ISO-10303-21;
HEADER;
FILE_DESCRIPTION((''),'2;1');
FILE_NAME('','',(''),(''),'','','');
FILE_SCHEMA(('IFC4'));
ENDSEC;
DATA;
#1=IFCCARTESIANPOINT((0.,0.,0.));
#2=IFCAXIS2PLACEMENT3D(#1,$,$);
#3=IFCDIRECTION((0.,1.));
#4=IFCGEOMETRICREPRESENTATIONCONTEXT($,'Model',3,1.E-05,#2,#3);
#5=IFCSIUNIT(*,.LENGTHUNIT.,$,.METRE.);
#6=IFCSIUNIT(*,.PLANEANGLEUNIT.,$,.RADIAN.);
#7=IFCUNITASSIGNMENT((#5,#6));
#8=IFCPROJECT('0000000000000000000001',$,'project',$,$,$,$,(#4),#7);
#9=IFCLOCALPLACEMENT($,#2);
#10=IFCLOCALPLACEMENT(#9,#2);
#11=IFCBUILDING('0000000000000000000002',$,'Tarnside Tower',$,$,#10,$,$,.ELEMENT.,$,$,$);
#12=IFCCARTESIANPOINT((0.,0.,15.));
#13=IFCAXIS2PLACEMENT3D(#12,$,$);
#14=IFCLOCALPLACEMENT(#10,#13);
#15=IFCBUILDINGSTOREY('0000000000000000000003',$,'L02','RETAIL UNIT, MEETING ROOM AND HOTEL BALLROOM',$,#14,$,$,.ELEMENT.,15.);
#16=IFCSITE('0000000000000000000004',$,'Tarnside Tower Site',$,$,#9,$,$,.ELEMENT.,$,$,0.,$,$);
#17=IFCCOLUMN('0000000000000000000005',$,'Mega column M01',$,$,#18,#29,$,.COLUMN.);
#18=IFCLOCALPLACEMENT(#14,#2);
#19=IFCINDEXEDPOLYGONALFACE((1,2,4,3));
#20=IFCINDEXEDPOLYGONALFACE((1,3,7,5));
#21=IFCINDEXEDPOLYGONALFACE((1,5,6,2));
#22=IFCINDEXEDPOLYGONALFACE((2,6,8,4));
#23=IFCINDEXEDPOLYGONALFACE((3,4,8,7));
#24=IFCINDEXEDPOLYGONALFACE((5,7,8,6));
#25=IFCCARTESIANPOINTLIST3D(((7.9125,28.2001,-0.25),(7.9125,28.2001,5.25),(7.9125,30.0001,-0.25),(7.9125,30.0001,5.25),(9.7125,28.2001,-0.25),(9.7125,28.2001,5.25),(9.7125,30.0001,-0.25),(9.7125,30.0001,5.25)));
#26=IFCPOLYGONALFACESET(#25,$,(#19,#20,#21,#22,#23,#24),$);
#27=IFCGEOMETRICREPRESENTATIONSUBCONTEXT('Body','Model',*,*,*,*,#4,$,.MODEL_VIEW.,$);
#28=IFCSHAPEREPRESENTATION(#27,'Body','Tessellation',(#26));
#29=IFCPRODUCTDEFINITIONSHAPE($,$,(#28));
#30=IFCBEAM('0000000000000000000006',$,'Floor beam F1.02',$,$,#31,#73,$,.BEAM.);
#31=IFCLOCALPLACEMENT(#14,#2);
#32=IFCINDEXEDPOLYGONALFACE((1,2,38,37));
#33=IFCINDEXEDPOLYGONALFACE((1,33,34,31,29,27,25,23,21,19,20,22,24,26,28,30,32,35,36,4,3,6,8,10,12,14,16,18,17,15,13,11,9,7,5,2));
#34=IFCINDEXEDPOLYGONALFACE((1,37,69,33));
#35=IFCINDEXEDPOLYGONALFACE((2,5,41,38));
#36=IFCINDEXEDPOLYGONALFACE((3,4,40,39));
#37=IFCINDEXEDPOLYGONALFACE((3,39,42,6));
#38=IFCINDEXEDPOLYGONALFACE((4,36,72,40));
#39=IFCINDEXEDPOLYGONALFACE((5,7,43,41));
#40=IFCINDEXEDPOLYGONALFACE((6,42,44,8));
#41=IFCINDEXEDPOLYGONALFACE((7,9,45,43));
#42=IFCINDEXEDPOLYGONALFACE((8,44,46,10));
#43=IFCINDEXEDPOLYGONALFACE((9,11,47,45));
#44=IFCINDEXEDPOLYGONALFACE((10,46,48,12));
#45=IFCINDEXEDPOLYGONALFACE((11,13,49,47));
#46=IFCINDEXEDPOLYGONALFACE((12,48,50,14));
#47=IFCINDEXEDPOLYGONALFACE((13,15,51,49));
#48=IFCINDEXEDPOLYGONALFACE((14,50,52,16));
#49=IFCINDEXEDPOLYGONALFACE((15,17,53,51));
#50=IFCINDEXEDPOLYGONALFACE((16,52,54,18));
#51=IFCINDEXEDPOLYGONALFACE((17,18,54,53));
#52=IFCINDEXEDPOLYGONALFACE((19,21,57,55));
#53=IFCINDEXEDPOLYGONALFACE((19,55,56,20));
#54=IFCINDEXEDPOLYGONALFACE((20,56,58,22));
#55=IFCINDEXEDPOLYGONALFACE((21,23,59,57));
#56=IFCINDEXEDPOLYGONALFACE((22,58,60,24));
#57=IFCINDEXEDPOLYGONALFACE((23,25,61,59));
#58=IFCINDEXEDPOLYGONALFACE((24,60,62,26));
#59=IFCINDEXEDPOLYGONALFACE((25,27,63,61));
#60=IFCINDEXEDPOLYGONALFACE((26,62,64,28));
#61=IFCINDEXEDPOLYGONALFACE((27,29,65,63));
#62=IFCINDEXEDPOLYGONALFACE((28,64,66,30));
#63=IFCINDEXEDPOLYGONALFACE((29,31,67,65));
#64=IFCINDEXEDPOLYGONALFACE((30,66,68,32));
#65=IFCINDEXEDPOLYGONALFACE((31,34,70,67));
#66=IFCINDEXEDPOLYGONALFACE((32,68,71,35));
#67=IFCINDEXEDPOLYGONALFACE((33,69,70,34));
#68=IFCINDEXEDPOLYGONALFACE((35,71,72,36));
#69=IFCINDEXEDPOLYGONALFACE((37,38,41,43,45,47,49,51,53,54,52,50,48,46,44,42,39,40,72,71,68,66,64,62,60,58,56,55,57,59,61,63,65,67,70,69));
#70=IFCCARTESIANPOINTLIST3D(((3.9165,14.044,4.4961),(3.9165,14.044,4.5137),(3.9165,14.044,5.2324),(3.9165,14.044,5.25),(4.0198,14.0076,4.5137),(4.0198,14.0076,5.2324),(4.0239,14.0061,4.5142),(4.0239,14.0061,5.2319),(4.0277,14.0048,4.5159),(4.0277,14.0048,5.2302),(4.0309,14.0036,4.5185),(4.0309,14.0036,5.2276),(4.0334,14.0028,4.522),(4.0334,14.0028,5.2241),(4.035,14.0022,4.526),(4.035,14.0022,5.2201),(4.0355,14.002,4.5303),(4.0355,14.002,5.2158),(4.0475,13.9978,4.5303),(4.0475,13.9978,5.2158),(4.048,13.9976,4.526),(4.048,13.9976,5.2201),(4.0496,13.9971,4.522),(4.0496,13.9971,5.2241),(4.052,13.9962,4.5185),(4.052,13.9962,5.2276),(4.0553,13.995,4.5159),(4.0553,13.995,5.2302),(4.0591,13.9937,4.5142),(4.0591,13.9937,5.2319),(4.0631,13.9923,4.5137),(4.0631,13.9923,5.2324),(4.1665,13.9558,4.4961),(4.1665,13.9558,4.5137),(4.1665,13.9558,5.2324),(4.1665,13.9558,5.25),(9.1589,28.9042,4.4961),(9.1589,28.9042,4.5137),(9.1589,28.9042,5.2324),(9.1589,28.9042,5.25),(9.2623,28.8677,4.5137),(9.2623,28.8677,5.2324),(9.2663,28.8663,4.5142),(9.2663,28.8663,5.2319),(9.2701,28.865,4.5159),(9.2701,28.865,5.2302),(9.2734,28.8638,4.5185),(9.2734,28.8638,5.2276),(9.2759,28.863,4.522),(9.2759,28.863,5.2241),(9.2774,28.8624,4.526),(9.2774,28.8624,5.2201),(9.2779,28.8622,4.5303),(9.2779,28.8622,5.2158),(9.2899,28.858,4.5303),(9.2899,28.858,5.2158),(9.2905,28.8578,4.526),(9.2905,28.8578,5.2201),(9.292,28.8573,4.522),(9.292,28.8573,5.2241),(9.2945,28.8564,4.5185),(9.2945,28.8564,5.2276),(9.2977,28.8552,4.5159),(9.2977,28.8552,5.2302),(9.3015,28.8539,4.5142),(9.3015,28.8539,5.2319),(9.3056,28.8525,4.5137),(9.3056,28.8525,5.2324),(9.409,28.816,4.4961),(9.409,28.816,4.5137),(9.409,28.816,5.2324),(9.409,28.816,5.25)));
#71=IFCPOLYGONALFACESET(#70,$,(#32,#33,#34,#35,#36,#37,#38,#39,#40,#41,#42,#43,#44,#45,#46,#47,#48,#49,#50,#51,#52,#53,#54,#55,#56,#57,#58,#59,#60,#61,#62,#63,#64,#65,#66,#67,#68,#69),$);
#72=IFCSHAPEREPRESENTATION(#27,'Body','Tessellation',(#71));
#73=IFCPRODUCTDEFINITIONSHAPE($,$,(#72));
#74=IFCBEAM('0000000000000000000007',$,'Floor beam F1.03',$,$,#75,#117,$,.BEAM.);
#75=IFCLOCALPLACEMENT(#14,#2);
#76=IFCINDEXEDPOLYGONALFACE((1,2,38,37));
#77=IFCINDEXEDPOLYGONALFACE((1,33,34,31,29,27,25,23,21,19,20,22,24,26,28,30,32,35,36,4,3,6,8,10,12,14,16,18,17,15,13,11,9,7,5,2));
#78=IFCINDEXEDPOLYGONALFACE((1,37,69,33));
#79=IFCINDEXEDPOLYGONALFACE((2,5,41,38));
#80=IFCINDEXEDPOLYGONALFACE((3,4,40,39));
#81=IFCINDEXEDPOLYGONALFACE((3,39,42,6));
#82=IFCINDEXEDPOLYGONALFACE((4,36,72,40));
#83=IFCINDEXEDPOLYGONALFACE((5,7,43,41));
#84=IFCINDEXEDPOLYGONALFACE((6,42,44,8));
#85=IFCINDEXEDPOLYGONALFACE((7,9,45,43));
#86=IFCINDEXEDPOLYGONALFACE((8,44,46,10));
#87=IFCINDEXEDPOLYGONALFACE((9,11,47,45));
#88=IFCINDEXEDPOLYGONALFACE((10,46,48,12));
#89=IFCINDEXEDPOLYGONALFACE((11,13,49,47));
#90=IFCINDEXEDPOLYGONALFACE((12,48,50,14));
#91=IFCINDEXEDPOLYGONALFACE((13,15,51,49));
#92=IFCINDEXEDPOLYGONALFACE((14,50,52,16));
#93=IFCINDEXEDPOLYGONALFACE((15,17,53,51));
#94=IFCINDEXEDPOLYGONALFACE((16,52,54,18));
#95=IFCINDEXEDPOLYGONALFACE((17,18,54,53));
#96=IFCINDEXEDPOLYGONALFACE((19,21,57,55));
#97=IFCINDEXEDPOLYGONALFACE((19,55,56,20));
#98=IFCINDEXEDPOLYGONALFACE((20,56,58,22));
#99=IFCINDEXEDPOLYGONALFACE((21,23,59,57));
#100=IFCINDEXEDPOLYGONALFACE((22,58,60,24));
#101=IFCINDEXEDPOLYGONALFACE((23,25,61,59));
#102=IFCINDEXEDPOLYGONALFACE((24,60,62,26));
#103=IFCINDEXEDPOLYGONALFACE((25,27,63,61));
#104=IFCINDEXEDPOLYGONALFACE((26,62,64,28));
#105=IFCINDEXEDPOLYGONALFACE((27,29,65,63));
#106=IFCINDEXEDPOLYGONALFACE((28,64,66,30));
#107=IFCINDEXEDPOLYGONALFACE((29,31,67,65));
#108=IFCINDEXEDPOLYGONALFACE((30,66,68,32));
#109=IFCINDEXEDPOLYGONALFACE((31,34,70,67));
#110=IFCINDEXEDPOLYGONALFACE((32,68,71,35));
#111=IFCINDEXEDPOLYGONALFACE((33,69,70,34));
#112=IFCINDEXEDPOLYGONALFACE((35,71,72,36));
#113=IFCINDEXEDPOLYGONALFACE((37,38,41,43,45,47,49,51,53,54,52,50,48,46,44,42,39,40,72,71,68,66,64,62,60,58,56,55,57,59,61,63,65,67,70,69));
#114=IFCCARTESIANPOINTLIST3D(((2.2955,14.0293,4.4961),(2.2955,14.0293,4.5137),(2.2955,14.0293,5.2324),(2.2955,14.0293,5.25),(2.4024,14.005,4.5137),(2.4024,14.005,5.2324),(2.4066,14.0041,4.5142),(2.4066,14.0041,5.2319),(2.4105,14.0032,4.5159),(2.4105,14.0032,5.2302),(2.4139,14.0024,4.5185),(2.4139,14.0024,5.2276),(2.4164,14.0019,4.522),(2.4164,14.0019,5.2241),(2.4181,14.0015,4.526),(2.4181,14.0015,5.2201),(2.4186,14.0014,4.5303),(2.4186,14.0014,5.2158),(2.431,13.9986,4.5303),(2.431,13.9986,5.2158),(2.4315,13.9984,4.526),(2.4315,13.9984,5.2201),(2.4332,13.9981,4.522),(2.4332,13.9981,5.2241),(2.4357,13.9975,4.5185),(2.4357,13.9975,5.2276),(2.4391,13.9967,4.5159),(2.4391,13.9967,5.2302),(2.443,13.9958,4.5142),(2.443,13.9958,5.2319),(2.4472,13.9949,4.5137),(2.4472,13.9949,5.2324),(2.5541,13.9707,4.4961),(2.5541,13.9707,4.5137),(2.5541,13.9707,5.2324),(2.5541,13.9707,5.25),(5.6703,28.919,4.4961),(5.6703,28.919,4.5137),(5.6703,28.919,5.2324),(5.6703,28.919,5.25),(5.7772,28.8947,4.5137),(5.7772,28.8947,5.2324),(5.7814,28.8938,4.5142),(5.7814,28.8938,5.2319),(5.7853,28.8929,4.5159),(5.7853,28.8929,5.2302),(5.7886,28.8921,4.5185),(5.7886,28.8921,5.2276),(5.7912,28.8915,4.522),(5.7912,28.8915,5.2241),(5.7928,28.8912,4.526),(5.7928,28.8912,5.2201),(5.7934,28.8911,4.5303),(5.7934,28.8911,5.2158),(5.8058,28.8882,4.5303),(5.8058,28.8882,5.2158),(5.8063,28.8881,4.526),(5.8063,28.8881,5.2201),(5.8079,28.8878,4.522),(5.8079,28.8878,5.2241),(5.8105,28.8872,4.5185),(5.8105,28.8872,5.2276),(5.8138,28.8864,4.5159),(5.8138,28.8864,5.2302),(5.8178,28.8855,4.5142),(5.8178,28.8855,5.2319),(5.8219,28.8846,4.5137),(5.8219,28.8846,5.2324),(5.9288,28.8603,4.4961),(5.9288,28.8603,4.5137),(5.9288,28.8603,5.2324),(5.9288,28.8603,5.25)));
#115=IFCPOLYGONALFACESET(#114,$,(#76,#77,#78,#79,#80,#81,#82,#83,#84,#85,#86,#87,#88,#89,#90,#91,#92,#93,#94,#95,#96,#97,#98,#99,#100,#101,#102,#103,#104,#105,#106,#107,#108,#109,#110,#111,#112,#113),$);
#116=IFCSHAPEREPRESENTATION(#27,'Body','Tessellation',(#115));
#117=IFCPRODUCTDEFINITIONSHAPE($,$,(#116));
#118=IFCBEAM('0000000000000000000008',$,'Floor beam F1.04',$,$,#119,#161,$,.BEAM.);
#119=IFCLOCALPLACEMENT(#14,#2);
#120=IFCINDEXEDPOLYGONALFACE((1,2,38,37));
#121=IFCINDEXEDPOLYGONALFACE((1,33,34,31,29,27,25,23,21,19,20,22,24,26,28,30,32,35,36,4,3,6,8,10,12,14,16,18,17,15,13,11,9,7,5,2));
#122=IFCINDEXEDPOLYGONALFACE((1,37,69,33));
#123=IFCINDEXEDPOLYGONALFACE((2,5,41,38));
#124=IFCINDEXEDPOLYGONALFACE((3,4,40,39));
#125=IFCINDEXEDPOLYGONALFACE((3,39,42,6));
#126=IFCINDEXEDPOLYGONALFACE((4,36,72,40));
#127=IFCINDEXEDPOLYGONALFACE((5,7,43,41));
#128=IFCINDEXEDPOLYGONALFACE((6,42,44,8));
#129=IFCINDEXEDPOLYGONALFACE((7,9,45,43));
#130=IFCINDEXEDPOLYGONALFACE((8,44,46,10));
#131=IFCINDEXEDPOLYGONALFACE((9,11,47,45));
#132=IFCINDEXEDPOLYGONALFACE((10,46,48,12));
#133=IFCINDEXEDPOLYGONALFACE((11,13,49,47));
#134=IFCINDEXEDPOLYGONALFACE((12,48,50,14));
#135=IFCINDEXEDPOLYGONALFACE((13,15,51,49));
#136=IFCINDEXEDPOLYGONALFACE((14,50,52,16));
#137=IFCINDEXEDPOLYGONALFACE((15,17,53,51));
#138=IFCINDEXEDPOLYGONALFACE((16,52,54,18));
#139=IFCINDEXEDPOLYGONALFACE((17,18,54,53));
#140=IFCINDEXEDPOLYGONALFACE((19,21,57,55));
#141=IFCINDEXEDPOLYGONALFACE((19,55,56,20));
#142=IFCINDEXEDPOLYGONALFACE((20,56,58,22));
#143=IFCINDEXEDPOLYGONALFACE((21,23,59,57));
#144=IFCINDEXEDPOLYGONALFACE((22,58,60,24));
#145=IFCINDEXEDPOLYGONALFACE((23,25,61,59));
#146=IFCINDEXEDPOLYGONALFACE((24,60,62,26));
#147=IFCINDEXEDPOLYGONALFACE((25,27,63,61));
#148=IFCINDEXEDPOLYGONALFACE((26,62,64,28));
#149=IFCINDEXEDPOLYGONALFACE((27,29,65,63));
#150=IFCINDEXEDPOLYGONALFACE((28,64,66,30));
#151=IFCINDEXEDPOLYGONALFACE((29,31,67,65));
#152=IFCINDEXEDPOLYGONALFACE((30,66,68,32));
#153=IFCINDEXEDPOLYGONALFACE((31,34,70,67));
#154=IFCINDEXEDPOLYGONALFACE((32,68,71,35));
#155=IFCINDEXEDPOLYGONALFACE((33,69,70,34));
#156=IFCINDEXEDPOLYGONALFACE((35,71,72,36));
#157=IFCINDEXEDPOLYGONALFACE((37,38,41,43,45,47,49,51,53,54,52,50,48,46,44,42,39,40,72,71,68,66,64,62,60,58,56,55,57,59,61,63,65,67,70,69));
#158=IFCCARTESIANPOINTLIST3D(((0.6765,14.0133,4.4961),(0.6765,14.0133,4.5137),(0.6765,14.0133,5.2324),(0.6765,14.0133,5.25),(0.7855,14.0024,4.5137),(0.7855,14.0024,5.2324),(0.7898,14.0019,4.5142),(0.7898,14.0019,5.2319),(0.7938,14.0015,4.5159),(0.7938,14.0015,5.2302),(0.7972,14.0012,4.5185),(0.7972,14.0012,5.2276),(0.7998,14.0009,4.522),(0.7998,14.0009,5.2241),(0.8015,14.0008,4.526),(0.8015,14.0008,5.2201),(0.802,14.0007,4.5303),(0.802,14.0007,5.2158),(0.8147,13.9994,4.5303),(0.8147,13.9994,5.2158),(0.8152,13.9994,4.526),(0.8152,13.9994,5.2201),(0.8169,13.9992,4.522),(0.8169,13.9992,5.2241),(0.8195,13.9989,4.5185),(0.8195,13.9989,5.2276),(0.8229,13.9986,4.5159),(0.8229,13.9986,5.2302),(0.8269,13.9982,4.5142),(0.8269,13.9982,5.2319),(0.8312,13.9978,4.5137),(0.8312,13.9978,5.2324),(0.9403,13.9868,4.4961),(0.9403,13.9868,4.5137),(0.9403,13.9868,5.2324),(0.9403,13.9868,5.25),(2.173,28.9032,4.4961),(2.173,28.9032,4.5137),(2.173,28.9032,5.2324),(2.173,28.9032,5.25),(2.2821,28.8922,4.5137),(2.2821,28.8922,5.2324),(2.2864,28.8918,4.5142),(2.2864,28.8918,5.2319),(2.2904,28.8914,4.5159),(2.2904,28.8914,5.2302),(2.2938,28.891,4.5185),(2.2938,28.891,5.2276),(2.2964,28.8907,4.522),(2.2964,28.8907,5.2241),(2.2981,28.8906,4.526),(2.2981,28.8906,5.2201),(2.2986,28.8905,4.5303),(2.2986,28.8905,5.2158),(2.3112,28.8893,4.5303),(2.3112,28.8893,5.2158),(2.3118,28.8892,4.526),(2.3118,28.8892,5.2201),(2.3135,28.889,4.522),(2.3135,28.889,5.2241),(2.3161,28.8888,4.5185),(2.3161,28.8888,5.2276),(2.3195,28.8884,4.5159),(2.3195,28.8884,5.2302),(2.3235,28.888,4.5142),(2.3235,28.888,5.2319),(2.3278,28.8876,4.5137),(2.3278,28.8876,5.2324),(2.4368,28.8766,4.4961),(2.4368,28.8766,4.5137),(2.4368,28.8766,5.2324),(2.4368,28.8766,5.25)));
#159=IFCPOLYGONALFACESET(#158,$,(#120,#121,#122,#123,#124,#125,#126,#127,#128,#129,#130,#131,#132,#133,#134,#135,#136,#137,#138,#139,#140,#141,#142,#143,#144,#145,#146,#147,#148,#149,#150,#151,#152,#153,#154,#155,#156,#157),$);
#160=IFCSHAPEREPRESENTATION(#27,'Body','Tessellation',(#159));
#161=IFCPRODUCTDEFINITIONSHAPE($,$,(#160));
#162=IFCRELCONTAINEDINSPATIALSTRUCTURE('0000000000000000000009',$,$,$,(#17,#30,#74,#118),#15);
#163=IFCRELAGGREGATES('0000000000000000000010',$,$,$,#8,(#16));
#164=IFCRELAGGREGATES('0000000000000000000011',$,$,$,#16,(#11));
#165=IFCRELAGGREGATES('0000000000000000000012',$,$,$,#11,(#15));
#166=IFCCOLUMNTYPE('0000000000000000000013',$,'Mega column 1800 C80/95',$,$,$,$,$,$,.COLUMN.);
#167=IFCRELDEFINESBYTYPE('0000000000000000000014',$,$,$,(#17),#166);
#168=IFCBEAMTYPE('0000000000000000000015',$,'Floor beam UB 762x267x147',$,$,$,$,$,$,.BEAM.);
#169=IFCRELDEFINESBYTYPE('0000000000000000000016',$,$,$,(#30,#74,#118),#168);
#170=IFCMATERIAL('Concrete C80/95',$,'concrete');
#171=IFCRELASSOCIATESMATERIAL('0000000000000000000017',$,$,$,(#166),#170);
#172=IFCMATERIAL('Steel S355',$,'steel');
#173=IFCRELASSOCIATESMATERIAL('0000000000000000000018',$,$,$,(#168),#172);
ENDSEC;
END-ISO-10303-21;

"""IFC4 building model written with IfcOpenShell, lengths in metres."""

from ifc_helpers import new_model, si_unit, direction, frame, origin, origin_2d, place, context, subcontext, project, spatial, rectangle, i_section, extrude, material, material_profile, profile_set, type_object, element, save


model = new_model("IFC4")

# Units and contexts
model_context = context("Model", 3, precision=1e-05, world=origin(), true_north=direction((0.0, 1.0)))
body_context = subcontext(model_context, "Body", "Model", "MODEL_VIEW")
ifc_project = project(units=[si_unit("LENGTHUNIT", "METRE"), si_unit("PLANEANGLEUNIT", "RADIAN")], contexts=[model_context])

# Site, building, storey
site_placement = place(None, origin())
site = spatial("IfcSite", under=ifc_project, at=site_placement, Name="Tarnside Tower Site", CompositionType="ELEMENT", RefElevation=0.0)
building_placement = place(site_placement, origin())
building = spatial("IfcBuilding", under=site, at=building_placement, Name="Tarnside Tower", CompositionType="ELEMENT")
storey_placement = place(building_placement, frame((0.0, 0.0, 15.0)))
storey = spatial("IfcBuildingStorey", under=building, at=storey_placement, Name="L02", Description="RETAIL UNIT, MEETING ROOM AND HOTEL BALLROOM", CompositionType="ELEMENT", Elevation=15.0)

# Column
ifc_material_1 = material(Name="Concrete C80/95", Category="concrete")
ifc_material_profile_1 = material_profile(ifc_material_1, rectangle(XDim=1.8, YDim=1.8, at=origin_2d()), Name="Mega column 1800x1800")
ifc_profile_set_1 = profile_set([ifc_material_profile_1], Name="Concrete C80/95")
column_type = type_object("IfcColumnType", Name="Mega column 1800 C80/95", PredefinedType="COLUMN", material=ifc_profile_set_1)
column_placement = place(storey_placement, frame((8.8125, 29.1001, -0.25), z_axis=(0.0, 0.0, 1.0), x_axis=(1.0, 0.0, 0.0)))
element("IfcColumn", 1, at=column_placement, inside=storey, type_object=column_type, Name="Mega column M01", PredefinedType="COLUMN", context=body_context, shape_type="SweptSolid", body=[
    extrude(rectangle(XDim=1.8, YDim=1.8, at=origin_2d()), origin(), (0.0, 0.0, 1.0), 5.5),
])

# Beams
ifc_material_2 = material(Name="Steel S355", Category="steel")
ifc_material_profile_2 = material_profile(ifc_material_2, i_section(OverallWidth=0.2651, OverallDepth=0.7539, WebThickness=0.0127, FlangeThickness=0.0176, FilletRadius=0.0166, at=origin_2d()), Name="UB 762x267x147")
ifc_profile_set_2 = profile_set([ifc_material_profile_2], Name="Steel S355")
beam_type_1 = type_object("IfcBeamType", Name="Floor beam UB 762x267x147", PredefinedType="BEAM", material=ifc_profile_set_2)
beam_1_placement = place(storey_placement, frame((9.2839, 28.8601, 4.873), z_axis=(-0.33269, -0.943036, 0.0), x_axis=(0.943036, -0.33269, 0.0)))
element("IfcBeam", 2, at=beam_1_placement, inside=storey, type_object=beam_type_1, Name="Floor beam F1.02", PredefinedType="BEAM", context=body_context, shape_type="SweptSolid", body=[
    extrude(i_section(OverallWidth=0.2651, OverallDepth=0.7539, WebThickness=0.0127, FlangeThickness=0.0176, FilletRadius=0.0166, at=origin_2d()), origin(), (0.0, 0.0, 1.0), 15.7578),
])
beam_2_placement = place(storey_placement, frame((5.7996, 28.8896, 4.873), z_axis=(-0.221045, -0.975264, 0.0), x_axis=(0.975264, -0.221045, 0.0)))
element("IfcBeam", 3, at=beam_2_placement, inside=storey, type_object=beam_type_1, Name="Floor beam F1.03", PredefinedType="BEAM", context=body_context, shape_type="SweptSolid", body=[
    extrude(i_section(OverallWidth=0.2651, OverallDepth=0.7539, WebThickness=0.0127, FlangeThickness=0.0176, FilletRadius=0.0166, at=origin_2d()), origin(), (0.0, 0.0, 1.0), 15.2673),
])
beam_3_placement = place(storey_placement, frame((2.3049, 28.8899, 4.873), z_axis=(-0.100006, -0.994987, 0.0), x_axis=(0.994987, -0.100006, 0.0)))
element("IfcBeam", 4, at=beam_3_placement, inside=storey, type_object=beam_type_1, Name="Floor beam F1.04", PredefinedType="BEAM", context=body_context, shape_type="SweptSolid", body=[
    extrude(i_section(OverallWidth=0.2651, OverallDepth=0.7539, WebThickness=0.0127, FlangeThickness=0.0176, FilletRadius=0.0166, at=origin_2d()), origin(), (0.0, 0.0, 1.0), 14.9648),
])

save(model, "model.ifc")
